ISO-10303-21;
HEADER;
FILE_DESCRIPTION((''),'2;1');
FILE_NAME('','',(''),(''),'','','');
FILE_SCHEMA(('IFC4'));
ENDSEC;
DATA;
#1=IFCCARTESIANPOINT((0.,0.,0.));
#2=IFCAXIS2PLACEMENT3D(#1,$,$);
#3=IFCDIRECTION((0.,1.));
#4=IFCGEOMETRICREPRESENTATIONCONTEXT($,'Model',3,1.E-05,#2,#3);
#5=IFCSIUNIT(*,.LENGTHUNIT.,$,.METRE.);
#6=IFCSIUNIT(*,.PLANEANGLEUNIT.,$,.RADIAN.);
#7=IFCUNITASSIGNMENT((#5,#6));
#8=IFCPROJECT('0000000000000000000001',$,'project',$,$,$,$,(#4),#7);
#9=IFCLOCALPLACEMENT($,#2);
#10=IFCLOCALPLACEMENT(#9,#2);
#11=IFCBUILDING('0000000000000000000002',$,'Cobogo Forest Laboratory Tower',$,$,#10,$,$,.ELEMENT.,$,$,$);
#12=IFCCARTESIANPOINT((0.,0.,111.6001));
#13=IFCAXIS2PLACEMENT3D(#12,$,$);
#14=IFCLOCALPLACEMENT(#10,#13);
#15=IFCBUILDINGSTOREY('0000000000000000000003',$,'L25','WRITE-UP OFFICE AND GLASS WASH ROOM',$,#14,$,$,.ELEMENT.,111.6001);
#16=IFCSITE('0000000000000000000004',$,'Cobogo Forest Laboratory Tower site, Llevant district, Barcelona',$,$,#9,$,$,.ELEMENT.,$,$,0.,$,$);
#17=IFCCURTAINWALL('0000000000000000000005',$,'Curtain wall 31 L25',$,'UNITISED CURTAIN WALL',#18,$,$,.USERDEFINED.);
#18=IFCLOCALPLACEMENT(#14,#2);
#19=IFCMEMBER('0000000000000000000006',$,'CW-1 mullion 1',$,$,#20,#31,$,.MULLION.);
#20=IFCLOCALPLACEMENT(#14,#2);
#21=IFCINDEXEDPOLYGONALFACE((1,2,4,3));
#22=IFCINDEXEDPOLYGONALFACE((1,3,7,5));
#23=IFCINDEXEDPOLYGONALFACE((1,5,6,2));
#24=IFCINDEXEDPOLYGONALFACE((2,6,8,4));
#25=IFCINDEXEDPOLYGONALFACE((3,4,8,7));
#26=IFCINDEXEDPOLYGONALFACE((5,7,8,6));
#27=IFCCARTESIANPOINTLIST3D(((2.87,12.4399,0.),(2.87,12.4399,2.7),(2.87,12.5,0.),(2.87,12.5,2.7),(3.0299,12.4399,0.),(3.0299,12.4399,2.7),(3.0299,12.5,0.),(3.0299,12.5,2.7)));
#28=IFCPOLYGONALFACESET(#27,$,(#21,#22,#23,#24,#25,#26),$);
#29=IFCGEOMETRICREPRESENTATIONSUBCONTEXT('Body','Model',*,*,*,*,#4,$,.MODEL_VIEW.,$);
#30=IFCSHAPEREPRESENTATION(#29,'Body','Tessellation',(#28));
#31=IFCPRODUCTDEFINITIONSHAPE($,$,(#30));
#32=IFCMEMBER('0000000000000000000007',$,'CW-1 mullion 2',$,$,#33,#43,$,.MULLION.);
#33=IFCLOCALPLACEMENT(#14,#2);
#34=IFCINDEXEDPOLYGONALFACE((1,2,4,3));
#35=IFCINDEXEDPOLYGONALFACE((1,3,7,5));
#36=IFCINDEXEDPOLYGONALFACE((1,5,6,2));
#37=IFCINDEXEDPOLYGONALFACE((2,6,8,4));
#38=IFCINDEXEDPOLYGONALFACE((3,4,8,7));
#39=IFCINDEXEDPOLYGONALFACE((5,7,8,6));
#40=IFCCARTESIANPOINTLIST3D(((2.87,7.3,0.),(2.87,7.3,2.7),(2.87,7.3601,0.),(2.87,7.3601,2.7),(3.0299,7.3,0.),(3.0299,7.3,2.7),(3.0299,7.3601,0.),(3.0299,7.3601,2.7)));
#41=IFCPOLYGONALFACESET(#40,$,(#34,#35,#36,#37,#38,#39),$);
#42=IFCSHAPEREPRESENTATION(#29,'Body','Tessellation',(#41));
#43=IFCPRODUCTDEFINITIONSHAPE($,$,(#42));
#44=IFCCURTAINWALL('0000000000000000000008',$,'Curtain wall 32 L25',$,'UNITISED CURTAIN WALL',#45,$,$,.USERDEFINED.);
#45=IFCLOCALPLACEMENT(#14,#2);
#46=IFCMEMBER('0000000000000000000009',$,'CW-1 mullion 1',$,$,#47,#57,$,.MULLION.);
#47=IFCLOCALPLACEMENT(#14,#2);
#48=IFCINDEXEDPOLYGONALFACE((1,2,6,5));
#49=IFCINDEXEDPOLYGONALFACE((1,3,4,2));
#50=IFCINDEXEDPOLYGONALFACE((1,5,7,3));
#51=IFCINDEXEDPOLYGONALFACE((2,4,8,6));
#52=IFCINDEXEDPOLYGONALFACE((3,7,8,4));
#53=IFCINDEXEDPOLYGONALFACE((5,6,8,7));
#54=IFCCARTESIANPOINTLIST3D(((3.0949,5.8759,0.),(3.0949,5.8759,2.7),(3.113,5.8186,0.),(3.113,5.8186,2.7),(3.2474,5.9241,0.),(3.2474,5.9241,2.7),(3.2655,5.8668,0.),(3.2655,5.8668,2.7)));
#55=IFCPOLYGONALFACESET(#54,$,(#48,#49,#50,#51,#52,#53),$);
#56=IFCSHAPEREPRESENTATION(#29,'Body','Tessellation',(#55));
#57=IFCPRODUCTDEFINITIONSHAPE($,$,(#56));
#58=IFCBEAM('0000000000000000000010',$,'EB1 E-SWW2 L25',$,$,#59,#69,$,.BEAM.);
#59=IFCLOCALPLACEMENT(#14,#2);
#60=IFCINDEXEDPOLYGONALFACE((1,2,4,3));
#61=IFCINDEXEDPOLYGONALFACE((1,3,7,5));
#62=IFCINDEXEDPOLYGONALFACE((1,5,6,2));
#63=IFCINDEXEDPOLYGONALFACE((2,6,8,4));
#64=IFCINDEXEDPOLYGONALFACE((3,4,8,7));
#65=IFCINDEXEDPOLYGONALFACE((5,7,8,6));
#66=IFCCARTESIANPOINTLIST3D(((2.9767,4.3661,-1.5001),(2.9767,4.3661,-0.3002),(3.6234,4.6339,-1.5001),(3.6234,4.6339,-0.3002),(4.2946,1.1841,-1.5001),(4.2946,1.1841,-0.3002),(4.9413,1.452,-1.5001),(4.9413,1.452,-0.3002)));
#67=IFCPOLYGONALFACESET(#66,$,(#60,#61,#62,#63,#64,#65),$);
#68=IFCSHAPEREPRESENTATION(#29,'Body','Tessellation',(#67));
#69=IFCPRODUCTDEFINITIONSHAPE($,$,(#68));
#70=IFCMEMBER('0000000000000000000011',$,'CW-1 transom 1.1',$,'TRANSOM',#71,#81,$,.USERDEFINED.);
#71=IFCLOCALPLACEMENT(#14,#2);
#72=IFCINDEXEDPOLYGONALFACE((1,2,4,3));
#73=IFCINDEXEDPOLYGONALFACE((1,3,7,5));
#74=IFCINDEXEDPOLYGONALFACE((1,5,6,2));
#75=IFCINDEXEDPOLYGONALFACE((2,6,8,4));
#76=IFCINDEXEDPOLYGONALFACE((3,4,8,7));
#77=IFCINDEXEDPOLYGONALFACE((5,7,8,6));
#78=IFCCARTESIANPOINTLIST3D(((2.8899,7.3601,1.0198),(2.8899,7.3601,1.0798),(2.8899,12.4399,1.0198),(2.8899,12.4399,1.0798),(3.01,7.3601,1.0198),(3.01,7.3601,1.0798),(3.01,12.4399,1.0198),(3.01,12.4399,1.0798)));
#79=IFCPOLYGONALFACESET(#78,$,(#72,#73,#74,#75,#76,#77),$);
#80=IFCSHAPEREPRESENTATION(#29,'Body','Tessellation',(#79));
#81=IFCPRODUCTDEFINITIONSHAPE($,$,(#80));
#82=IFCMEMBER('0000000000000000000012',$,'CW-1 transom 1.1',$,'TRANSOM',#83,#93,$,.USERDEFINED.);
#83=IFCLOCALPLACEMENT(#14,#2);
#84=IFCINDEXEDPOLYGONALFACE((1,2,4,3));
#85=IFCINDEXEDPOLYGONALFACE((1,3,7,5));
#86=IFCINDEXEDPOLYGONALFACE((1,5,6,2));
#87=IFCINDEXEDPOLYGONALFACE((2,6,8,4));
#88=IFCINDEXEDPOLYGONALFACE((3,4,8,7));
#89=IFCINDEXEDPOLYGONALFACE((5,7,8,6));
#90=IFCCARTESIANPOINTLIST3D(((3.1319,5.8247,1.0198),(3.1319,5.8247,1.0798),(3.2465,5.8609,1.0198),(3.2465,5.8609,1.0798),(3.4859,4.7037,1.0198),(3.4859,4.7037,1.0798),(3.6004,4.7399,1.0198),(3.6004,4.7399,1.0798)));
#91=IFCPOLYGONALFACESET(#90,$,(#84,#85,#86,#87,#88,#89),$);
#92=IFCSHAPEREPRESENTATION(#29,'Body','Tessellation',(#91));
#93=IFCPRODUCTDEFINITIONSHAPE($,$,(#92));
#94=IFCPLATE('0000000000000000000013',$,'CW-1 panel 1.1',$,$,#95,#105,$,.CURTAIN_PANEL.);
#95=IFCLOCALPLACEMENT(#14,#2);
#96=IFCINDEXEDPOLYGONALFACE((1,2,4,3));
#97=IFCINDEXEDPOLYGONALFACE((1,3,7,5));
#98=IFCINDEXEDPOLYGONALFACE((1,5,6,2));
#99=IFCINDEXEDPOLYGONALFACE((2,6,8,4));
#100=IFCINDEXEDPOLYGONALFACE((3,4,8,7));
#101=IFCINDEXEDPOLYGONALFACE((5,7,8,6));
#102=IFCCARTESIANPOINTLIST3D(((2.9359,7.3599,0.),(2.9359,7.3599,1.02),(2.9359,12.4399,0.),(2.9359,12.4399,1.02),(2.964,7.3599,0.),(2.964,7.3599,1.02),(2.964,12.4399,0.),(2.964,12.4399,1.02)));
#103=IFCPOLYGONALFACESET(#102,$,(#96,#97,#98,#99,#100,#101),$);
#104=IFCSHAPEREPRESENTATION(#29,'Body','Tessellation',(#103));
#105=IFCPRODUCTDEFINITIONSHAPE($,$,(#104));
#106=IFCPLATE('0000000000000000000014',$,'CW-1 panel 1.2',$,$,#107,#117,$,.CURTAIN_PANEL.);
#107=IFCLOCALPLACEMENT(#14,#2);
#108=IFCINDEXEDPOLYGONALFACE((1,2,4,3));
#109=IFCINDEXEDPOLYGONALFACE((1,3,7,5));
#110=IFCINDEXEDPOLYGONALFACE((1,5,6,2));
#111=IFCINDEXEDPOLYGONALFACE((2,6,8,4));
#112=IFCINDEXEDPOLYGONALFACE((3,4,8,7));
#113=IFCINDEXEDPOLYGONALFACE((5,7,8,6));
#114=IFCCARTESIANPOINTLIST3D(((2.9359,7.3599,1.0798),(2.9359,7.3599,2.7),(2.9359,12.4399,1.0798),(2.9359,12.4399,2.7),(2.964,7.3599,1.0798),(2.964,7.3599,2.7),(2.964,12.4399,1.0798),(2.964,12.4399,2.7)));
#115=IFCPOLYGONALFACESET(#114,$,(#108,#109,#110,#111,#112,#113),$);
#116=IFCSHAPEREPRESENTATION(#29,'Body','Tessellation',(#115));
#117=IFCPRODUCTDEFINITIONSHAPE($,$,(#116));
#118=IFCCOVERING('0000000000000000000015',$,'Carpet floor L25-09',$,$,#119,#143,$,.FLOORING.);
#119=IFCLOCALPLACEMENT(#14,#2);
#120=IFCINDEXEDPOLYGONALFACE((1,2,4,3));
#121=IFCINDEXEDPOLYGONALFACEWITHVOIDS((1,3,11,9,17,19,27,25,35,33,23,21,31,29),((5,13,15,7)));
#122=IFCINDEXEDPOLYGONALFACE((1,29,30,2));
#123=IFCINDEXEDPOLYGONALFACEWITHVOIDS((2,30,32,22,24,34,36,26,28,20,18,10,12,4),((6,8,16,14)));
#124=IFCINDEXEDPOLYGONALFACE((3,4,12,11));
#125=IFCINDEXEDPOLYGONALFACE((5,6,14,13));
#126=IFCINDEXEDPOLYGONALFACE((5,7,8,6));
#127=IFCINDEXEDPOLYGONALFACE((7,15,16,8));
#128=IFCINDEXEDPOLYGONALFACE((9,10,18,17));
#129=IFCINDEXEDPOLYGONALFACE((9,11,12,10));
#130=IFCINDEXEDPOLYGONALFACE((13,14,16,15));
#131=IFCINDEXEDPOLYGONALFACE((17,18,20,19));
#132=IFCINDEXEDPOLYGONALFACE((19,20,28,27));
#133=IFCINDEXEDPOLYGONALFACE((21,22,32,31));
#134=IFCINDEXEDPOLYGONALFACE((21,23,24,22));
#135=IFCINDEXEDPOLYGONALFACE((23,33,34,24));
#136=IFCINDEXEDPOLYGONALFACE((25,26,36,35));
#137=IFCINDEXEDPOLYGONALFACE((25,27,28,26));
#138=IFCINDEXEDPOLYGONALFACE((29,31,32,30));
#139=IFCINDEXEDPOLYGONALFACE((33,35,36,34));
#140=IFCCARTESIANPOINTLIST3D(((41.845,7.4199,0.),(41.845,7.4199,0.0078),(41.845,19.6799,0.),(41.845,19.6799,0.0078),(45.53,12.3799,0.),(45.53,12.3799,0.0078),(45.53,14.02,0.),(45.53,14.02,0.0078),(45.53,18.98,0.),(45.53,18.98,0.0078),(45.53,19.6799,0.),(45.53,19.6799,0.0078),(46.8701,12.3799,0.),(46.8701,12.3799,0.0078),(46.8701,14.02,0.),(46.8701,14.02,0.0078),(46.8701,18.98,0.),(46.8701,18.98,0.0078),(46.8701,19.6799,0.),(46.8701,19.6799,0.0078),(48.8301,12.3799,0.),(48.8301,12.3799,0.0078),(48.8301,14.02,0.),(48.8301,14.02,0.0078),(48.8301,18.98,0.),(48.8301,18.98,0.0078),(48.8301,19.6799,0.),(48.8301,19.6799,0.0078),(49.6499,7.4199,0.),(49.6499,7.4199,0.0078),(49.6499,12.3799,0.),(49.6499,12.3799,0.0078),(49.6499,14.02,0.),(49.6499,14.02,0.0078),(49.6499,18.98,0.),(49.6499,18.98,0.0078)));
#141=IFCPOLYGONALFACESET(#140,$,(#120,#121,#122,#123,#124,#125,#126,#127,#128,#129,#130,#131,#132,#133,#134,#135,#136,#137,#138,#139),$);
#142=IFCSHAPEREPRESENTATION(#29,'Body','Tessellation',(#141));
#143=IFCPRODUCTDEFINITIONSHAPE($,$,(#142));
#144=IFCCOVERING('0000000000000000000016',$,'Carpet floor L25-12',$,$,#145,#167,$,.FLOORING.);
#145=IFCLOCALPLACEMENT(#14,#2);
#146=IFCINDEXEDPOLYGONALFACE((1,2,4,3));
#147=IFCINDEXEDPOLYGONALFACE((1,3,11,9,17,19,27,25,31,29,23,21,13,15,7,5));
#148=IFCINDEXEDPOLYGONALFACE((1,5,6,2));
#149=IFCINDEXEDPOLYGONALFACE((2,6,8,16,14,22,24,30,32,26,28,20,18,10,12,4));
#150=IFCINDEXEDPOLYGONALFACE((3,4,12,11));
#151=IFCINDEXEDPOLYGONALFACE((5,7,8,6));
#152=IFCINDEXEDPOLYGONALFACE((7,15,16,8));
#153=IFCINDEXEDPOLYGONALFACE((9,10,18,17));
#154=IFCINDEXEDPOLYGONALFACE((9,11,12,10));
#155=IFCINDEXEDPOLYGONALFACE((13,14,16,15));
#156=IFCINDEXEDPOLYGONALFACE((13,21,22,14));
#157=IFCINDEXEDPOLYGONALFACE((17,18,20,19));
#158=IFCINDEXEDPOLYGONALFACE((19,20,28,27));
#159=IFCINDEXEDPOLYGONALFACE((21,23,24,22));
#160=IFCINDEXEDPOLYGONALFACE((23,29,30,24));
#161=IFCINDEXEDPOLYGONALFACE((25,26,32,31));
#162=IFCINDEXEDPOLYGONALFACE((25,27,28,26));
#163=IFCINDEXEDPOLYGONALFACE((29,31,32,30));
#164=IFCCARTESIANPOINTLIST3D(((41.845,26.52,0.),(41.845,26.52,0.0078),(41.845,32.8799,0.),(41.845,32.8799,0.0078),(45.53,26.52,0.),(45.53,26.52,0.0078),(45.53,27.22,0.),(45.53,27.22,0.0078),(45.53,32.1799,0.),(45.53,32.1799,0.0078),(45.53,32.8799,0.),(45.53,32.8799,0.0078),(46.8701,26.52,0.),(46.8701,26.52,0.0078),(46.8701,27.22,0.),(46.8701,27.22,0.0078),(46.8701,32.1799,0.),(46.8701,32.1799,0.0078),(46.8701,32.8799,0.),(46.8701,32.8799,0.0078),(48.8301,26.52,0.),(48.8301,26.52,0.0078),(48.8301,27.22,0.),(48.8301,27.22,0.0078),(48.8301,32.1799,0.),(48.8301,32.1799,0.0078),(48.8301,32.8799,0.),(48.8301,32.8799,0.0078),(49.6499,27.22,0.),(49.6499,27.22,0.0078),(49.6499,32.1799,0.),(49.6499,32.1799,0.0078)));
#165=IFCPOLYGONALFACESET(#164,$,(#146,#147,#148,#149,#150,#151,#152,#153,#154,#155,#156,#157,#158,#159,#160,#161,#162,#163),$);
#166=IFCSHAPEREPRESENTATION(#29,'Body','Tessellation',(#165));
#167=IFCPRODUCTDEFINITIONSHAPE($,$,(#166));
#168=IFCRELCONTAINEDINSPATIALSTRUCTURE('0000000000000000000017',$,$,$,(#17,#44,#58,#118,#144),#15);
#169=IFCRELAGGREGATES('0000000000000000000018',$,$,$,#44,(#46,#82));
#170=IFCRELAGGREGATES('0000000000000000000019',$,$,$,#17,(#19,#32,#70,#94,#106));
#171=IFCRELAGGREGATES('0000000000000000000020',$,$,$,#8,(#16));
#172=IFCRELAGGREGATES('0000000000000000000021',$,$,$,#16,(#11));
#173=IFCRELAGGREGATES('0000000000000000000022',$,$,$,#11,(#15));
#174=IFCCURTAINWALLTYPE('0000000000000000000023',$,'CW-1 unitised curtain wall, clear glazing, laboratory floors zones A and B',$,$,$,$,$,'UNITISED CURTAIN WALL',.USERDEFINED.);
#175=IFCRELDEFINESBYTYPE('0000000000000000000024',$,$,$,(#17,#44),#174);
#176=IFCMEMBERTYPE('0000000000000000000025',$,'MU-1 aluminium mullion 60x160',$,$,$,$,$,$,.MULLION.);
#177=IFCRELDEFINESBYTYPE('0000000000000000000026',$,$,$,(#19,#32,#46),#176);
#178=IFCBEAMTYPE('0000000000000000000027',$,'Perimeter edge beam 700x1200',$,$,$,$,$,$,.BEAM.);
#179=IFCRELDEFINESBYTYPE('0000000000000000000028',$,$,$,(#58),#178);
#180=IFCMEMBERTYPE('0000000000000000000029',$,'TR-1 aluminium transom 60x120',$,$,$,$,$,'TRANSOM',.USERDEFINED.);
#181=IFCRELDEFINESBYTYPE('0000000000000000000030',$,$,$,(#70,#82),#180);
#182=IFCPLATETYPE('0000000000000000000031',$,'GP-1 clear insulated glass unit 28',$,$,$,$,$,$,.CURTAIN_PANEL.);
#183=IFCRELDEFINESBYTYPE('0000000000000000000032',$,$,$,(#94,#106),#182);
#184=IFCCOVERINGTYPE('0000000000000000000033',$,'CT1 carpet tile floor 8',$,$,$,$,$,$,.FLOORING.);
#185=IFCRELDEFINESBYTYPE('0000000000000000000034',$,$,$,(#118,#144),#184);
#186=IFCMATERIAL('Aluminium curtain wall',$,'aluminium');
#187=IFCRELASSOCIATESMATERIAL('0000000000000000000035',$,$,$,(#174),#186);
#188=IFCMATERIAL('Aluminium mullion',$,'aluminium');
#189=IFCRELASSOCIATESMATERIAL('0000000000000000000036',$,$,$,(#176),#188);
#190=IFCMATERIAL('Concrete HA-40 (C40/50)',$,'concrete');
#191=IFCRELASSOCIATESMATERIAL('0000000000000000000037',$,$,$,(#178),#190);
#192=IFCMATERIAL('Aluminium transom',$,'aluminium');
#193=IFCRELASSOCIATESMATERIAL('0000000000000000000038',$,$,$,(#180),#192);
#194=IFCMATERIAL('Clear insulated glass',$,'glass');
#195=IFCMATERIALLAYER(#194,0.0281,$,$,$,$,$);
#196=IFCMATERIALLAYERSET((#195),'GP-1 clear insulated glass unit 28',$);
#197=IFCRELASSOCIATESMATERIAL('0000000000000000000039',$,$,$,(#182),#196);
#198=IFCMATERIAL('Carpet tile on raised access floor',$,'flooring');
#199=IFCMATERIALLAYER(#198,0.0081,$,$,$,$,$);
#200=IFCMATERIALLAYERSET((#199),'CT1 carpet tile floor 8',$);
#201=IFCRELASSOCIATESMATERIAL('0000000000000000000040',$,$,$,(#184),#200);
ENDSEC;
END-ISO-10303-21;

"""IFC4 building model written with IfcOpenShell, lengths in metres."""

from ifc_helpers import new_model, si_unit, direction, frame, origin, origin_2d, place, context, subcontext, project, spatial, polyline, rectangle, outline, extrude, material, layer, layer_set, material_profile, profile_set, type_object, element, aggregate, save


model = new_model("IFC4")

# Units and contexts
model_context = context("Model", 3, precision=1e-05, world=origin(), true_north=direction((0.0, 1.0)))
body_context = subcontext(model_context, "Body", "Model", "MODEL_VIEW")
ifc_project = project(units=[si_unit("LENGTHUNIT", "METRE"), si_unit("PLANEANGLEUNIT", "RADIAN")], contexts=[model_context])

# Site, building, storey
site_placement = place(None, origin())
site = spatial("IfcSite", under=ifc_project, at=site_placement, Name="Cobogo Forest Laboratory Tower site, Llevant district, Barcelona", CompositionType="ELEMENT", RefElevation=0.0)
building_placement = place(site_placement, origin())
building = spatial("IfcBuilding", under=site, at=building_placement, Name="Cobogo Forest Laboratory Tower", CompositionType="ELEMENT")
storey_placement = place(building_placement, frame((0.0, 0.0, 111.6001)))
storey = spatial("IfcBuildingStorey", under=building, at=storey_placement, Name="L25", Description="WRITE-UP OFFICE AND GLASS WASH ROOM", CompositionType="ELEMENT", Elevation=111.6001)

# Curtain wall, members
ifc_material_1 = material(Name="Aluminium curtain wall", Category="aluminium")
curtain_wall_type = type_object("IfcCurtainWallType", Name="CW-1 unitised curtain wall, clear glazing, laboratory floors zones A and B", ElementType="UNITISED CURTAIN WALL", PredefinedType="USERDEFINED", material=ifc_material_1)
curtain_wall_1_placement = place(storey_placement, origin())
curtain_wall_1 = element("IfcCurtainWall", 1, at=curtain_wall_1_placement, inside=storey, type_object=curtain_wall_type, Name="Curtain wall 31 L25", ObjectType="UNITISED CURTAIN WALL", PredefinedType="USERDEFINED")
ifc_material_2 = material(Name="Aluminium mullion", Category="aluminium")
ifc_material_profile_1 = material_profile(ifc_material_2, rectangle(XDim=0.0601, YDim=0.1599, at=origin_2d()), Name="AL 60x160")
ifc_profile_set_1 = profile_set([ifc_material_profile_1], Name="Aluminium mullion")
member_type_1 = type_object("IfcMemberType", Name="MU-1 aluminium mullion 60x160", PredefinedType="MULLION", material=ifc_profile_set_1)
member_1_placement = place(storey_placement, frame((2.95, 12.47, 0.0), z_axis=(0.0, 0.0, 1.0), x_axis=(0.0, -1.0, 0.0)))
member_1 = element("IfcMember", 2, at=member_1_placement, type_object=member_type_1, Name="CW-1 mullion 1", PredefinedType="MULLION", context=body_context, shape_type="SweptSolid", body=[
    extrude(rectangle(XDim=0.0601, YDim=0.1599, at=origin_2d()), origin(), (0.0, 0.0, 1.0), 2.7),
])
member_2_placement = place(storey_placement, frame((2.95, 7.3301, 0.0), z_axis=(0.0, 0.0, 1.0), x_axis=(0.0, -1.0, 0.0)))
member_2 = element("IfcMember", 3, at=member_2_placement, type_object=member_type_1, Name="CW-1 mullion 2", PredefinedType="MULLION", context=body_context, shape_type="SweptSolid", body=[
    extrude(rectangle(XDim=0.0601, YDim=0.1599, at=origin_2d()), origin(), (0.0, 0.0, 1.0), 2.7),
])

# Curtain wall, member
curtain_wall_2_placement = place(storey_placement, origin())
curtain_wall_2 = element("IfcCurtainWall", 4, at=curtain_wall_2_placement, inside=storey, type_object=curtain_wall_type, Name="Curtain wall 32 L25", ObjectType="UNITISED CURTAIN WALL", PredefinedType="USERDEFINED")
member_3_placement = place(storey_placement, frame((3.1802, 5.8713, 0.0), z_axis=(0.0, 0.0, 1.0), x_axis=(0.301135, -0.953581, 0.0)))
member_3 = element("IfcMember", 5, at=member_3_placement, type_object=member_type_1, Name="CW-1 mullion 1", PredefinedType="MULLION", context=body_context, shape_type="SweptSolid", body=[
    extrude(rectangle(XDim=0.0601, YDim=0.1599, at=origin_2d()), origin(), (0.0, 0.0, 1.0), 2.7),
])

# Beam
ifc_material_3 = material(Name="Concrete HA-40 (C40/50)", Category="concrete")
ifc_material_profile_2 = material_profile(ifc_material_3, rectangle(XDim=0.7, YDim=1.2, at=origin_2d()), Name="RC 700x1200")
ifc_profile_set_2 = profile_set([ifc_material_profile_2], Name="Concrete HA-40 (C40/50)")
beam_type = type_object("IfcBeamType", Name="Perimeter edge beam 700x1200", PredefinedType="BEAM", material=ifc_profile_set_2)
beam_placement = place(storey_placement, frame((3.3, 4.5, -0.9001), z_axis=(0.382656, -0.923891, 0.0), x_axis=(0.923891, 0.382656, 0.0)))
element("IfcBeam", 6, at=beam_placement, inside=storey, type_object=beam_type, Name="EB1 E-SWW2 L25", PredefinedType="BEAM", context=body_context, shape_type="SweptSolid", body=[
    extrude(rectangle(XDim=0.7, YDim=1.2, at=origin_2d()), origin(), (0.0, 0.0, 1.0), 3.4441),
])

# Members
ifc_material_4 = material(Name="Aluminium transom", Category="aluminium")
ifc_material_profile_3 = material_profile(ifc_material_4, rectangle(XDim=0.1201, YDim=0.0601, at=origin_2d()), Name="AL 60x120")
ifc_profile_set_3 = profile_set([ifc_material_profile_3], Name="Aluminium transom")
member_type_2 = type_object("IfcMemberType", Name="TR-1 aluminium transom 60x120", ElementType="TRANSOM", PredefinedType="USERDEFINED", material=ifc_profile_set_3)
member_4_placement = place(storey_placement, frame((2.95, 12.4399, 1.0498), z_axis=(0.0, -1.0, 0.0), x_axis=(1.0, 0.0, 0.0)))
member_4 = element("IfcMember", 7, at=member_4_placement, type_object=member_type_2, Name="CW-1 transom 1.1", ObjectType="TRANSOM", PredefinedType="USERDEFINED", context=body_context, shape_type="SweptSolid", body=[
    extrude(rectangle(XDim=0.1201, YDim=0.0601, at=origin_2d()), origin(), (0.0, 0.0, 1.0), 5.0798),
])
member_5_placement = place(storey_placement, frame((3.1892, 5.8428, 1.0498), z_axis=(0.301111, -0.953589, 0.0), x_axis=(0.953589, 0.301111, 0.0)))
member_5 = element("IfcMember", 8, at=member_5_placement, type_object=member_type_2, Name="CW-1 transom 1.1", ObjectType="TRANSOM", PredefinedType="USERDEFINED", context=body_context, shape_type="SweptSolid", body=[
    extrude(rectangle(XDim=0.1201, YDim=0.0601, at=origin_2d()), origin(), (0.0, 0.0, 1.0), 1.1755),
])
aggregate(curtain_wall_2, [member_3, member_5])

# Plates
ifc_material_5 = material(Name="Clear insulated glass", Category="glass")
ifc_layer_1 = layer(ifc_material_5, 0.0281)
ifc_layer_set_1 = layer_set([ifc_layer_1], Name="GP-1 clear insulated glass unit 28")
plate_type_1 = type_object("IfcPlateType", Name="GP-1 clear insulated glass unit 28", PredefinedType="CURTAIN_PANEL", material=ifc_layer_set_1)
plate_1_placement = place(storey_placement, frame((2.95, 9.8999, 0.0), z_axis=(0.0, 0.0, 1.0), x_axis=(0.0, -1.0, 0.0)))
plate_1 = element("IfcPlate", 9, at=plate_1_placement, type_object=plate_type_1, Name="CW-1 panel 1.1", PredefinedType="CURTAIN_PANEL", context=body_context, shape_type="SweptSolid", body=[
    extrude(rectangle(XDim=5.0801, YDim=0.0281, at=origin_2d()), origin(), (0.0, 0.0, 1.0), 1.02),
])
plate_2_placement = place(storey_placement, frame((2.95, 9.8999, 1.0798), z_axis=(0.0, 0.0, 1.0), x_axis=(0.0, -1.0, 0.0)))
plate_2 = element("IfcPlate", 10, at=plate_2_placement, type_object=plate_type_1, Name="CW-1 panel 1.2", PredefinedType="CURTAIN_PANEL", context=body_context, shape_type="SweptSolid", body=[
    extrude(rectangle(XDim=5.0801, YDim=0.0281, at=origin_2d()), origin(), (0.0, 0.0, 1.0), 1.6201),
])
aggregate(curtain_wall_1, [member_1, member_2, member_4, plate_1, plate_2])

# Coverings
ifc_material_6 = material(Name="Carpet tile on raised access floor", Category="flooring")
ifc_layer_2 = layer(ifc_material_6, 0.0081)
ifc_layer_set_2 = layer_set([ifc_layer_2], Name="CT1 carpet tile floor 8")
covering_type_1 = type_object("IfcCoveringType", Name="CT1 carpet tile floor 8", PredefinedType="FLOORING", material=ifc_layer_set_2)
covering_1_placement = place(storey_placement, origin())
element("IfcCovering", 11, at=covering_1_placement, inside=storey, type_object=covering_type_1, Name="Carpet floor L25-09", PredefinedType="FLOORING", context=body_context, shape_type="SweptSolid", body=[
    extrude(outline(polyline([(41.845, 19.6799), (45.53, 19.6799), (45.53, 18.98), (46.8701, 18.98), (46.8701, 19.6799), (48.8301, 19.6799), (48.8301, 18.98), (49.6499, 18.98), (49.6499, 14.02), (48.8301, 14.02), (48.8301, 12.3799), (49.6499, 12.3799), (49.6499, 7.4199), (41.845, 7.4199), (41.845, 19.6799)]), holes=[polyline([(45.53, 12.3799), (46.8701, 12.3799), (46.8701, 14.02), (45.53, 14.02), (45.53, 12.3799)])]), origin(), (0.0, 0.0, 1.0), 0.0078),
])
covering_2_placement = place(storey_placement, origin())
element("IfcCovering", 12, at=covering_2_placement, inside=storey, type_object=covering_type_1, Name="Carpet floor L25-12", PredefinedType="FLOORING", context=body_context, shape_type="SweptSolid", body=[
    extrude(outline(polyline([(41.845, 32.8799), (45.53, 32.8799), (45.53, 32.1799), (46.8701, 32.1799), (46.8701, 32.8799), (48.8301, 32.8799), (48.8301, 32.1799), (49.6499, 32.1799), (49.6499, 27.22), (48.8301, 27.22), (48.8301, 26.52), (46.8701, 26.52), (46.8701, 27.22), (45.53, 27.22), (45.53, 26.52), (41.845, 26.52), (41.845, 32.8799)])), origin(), (0.0, 0.0, 1.0), 0.0078),
])

save(model, "model.ifc")
